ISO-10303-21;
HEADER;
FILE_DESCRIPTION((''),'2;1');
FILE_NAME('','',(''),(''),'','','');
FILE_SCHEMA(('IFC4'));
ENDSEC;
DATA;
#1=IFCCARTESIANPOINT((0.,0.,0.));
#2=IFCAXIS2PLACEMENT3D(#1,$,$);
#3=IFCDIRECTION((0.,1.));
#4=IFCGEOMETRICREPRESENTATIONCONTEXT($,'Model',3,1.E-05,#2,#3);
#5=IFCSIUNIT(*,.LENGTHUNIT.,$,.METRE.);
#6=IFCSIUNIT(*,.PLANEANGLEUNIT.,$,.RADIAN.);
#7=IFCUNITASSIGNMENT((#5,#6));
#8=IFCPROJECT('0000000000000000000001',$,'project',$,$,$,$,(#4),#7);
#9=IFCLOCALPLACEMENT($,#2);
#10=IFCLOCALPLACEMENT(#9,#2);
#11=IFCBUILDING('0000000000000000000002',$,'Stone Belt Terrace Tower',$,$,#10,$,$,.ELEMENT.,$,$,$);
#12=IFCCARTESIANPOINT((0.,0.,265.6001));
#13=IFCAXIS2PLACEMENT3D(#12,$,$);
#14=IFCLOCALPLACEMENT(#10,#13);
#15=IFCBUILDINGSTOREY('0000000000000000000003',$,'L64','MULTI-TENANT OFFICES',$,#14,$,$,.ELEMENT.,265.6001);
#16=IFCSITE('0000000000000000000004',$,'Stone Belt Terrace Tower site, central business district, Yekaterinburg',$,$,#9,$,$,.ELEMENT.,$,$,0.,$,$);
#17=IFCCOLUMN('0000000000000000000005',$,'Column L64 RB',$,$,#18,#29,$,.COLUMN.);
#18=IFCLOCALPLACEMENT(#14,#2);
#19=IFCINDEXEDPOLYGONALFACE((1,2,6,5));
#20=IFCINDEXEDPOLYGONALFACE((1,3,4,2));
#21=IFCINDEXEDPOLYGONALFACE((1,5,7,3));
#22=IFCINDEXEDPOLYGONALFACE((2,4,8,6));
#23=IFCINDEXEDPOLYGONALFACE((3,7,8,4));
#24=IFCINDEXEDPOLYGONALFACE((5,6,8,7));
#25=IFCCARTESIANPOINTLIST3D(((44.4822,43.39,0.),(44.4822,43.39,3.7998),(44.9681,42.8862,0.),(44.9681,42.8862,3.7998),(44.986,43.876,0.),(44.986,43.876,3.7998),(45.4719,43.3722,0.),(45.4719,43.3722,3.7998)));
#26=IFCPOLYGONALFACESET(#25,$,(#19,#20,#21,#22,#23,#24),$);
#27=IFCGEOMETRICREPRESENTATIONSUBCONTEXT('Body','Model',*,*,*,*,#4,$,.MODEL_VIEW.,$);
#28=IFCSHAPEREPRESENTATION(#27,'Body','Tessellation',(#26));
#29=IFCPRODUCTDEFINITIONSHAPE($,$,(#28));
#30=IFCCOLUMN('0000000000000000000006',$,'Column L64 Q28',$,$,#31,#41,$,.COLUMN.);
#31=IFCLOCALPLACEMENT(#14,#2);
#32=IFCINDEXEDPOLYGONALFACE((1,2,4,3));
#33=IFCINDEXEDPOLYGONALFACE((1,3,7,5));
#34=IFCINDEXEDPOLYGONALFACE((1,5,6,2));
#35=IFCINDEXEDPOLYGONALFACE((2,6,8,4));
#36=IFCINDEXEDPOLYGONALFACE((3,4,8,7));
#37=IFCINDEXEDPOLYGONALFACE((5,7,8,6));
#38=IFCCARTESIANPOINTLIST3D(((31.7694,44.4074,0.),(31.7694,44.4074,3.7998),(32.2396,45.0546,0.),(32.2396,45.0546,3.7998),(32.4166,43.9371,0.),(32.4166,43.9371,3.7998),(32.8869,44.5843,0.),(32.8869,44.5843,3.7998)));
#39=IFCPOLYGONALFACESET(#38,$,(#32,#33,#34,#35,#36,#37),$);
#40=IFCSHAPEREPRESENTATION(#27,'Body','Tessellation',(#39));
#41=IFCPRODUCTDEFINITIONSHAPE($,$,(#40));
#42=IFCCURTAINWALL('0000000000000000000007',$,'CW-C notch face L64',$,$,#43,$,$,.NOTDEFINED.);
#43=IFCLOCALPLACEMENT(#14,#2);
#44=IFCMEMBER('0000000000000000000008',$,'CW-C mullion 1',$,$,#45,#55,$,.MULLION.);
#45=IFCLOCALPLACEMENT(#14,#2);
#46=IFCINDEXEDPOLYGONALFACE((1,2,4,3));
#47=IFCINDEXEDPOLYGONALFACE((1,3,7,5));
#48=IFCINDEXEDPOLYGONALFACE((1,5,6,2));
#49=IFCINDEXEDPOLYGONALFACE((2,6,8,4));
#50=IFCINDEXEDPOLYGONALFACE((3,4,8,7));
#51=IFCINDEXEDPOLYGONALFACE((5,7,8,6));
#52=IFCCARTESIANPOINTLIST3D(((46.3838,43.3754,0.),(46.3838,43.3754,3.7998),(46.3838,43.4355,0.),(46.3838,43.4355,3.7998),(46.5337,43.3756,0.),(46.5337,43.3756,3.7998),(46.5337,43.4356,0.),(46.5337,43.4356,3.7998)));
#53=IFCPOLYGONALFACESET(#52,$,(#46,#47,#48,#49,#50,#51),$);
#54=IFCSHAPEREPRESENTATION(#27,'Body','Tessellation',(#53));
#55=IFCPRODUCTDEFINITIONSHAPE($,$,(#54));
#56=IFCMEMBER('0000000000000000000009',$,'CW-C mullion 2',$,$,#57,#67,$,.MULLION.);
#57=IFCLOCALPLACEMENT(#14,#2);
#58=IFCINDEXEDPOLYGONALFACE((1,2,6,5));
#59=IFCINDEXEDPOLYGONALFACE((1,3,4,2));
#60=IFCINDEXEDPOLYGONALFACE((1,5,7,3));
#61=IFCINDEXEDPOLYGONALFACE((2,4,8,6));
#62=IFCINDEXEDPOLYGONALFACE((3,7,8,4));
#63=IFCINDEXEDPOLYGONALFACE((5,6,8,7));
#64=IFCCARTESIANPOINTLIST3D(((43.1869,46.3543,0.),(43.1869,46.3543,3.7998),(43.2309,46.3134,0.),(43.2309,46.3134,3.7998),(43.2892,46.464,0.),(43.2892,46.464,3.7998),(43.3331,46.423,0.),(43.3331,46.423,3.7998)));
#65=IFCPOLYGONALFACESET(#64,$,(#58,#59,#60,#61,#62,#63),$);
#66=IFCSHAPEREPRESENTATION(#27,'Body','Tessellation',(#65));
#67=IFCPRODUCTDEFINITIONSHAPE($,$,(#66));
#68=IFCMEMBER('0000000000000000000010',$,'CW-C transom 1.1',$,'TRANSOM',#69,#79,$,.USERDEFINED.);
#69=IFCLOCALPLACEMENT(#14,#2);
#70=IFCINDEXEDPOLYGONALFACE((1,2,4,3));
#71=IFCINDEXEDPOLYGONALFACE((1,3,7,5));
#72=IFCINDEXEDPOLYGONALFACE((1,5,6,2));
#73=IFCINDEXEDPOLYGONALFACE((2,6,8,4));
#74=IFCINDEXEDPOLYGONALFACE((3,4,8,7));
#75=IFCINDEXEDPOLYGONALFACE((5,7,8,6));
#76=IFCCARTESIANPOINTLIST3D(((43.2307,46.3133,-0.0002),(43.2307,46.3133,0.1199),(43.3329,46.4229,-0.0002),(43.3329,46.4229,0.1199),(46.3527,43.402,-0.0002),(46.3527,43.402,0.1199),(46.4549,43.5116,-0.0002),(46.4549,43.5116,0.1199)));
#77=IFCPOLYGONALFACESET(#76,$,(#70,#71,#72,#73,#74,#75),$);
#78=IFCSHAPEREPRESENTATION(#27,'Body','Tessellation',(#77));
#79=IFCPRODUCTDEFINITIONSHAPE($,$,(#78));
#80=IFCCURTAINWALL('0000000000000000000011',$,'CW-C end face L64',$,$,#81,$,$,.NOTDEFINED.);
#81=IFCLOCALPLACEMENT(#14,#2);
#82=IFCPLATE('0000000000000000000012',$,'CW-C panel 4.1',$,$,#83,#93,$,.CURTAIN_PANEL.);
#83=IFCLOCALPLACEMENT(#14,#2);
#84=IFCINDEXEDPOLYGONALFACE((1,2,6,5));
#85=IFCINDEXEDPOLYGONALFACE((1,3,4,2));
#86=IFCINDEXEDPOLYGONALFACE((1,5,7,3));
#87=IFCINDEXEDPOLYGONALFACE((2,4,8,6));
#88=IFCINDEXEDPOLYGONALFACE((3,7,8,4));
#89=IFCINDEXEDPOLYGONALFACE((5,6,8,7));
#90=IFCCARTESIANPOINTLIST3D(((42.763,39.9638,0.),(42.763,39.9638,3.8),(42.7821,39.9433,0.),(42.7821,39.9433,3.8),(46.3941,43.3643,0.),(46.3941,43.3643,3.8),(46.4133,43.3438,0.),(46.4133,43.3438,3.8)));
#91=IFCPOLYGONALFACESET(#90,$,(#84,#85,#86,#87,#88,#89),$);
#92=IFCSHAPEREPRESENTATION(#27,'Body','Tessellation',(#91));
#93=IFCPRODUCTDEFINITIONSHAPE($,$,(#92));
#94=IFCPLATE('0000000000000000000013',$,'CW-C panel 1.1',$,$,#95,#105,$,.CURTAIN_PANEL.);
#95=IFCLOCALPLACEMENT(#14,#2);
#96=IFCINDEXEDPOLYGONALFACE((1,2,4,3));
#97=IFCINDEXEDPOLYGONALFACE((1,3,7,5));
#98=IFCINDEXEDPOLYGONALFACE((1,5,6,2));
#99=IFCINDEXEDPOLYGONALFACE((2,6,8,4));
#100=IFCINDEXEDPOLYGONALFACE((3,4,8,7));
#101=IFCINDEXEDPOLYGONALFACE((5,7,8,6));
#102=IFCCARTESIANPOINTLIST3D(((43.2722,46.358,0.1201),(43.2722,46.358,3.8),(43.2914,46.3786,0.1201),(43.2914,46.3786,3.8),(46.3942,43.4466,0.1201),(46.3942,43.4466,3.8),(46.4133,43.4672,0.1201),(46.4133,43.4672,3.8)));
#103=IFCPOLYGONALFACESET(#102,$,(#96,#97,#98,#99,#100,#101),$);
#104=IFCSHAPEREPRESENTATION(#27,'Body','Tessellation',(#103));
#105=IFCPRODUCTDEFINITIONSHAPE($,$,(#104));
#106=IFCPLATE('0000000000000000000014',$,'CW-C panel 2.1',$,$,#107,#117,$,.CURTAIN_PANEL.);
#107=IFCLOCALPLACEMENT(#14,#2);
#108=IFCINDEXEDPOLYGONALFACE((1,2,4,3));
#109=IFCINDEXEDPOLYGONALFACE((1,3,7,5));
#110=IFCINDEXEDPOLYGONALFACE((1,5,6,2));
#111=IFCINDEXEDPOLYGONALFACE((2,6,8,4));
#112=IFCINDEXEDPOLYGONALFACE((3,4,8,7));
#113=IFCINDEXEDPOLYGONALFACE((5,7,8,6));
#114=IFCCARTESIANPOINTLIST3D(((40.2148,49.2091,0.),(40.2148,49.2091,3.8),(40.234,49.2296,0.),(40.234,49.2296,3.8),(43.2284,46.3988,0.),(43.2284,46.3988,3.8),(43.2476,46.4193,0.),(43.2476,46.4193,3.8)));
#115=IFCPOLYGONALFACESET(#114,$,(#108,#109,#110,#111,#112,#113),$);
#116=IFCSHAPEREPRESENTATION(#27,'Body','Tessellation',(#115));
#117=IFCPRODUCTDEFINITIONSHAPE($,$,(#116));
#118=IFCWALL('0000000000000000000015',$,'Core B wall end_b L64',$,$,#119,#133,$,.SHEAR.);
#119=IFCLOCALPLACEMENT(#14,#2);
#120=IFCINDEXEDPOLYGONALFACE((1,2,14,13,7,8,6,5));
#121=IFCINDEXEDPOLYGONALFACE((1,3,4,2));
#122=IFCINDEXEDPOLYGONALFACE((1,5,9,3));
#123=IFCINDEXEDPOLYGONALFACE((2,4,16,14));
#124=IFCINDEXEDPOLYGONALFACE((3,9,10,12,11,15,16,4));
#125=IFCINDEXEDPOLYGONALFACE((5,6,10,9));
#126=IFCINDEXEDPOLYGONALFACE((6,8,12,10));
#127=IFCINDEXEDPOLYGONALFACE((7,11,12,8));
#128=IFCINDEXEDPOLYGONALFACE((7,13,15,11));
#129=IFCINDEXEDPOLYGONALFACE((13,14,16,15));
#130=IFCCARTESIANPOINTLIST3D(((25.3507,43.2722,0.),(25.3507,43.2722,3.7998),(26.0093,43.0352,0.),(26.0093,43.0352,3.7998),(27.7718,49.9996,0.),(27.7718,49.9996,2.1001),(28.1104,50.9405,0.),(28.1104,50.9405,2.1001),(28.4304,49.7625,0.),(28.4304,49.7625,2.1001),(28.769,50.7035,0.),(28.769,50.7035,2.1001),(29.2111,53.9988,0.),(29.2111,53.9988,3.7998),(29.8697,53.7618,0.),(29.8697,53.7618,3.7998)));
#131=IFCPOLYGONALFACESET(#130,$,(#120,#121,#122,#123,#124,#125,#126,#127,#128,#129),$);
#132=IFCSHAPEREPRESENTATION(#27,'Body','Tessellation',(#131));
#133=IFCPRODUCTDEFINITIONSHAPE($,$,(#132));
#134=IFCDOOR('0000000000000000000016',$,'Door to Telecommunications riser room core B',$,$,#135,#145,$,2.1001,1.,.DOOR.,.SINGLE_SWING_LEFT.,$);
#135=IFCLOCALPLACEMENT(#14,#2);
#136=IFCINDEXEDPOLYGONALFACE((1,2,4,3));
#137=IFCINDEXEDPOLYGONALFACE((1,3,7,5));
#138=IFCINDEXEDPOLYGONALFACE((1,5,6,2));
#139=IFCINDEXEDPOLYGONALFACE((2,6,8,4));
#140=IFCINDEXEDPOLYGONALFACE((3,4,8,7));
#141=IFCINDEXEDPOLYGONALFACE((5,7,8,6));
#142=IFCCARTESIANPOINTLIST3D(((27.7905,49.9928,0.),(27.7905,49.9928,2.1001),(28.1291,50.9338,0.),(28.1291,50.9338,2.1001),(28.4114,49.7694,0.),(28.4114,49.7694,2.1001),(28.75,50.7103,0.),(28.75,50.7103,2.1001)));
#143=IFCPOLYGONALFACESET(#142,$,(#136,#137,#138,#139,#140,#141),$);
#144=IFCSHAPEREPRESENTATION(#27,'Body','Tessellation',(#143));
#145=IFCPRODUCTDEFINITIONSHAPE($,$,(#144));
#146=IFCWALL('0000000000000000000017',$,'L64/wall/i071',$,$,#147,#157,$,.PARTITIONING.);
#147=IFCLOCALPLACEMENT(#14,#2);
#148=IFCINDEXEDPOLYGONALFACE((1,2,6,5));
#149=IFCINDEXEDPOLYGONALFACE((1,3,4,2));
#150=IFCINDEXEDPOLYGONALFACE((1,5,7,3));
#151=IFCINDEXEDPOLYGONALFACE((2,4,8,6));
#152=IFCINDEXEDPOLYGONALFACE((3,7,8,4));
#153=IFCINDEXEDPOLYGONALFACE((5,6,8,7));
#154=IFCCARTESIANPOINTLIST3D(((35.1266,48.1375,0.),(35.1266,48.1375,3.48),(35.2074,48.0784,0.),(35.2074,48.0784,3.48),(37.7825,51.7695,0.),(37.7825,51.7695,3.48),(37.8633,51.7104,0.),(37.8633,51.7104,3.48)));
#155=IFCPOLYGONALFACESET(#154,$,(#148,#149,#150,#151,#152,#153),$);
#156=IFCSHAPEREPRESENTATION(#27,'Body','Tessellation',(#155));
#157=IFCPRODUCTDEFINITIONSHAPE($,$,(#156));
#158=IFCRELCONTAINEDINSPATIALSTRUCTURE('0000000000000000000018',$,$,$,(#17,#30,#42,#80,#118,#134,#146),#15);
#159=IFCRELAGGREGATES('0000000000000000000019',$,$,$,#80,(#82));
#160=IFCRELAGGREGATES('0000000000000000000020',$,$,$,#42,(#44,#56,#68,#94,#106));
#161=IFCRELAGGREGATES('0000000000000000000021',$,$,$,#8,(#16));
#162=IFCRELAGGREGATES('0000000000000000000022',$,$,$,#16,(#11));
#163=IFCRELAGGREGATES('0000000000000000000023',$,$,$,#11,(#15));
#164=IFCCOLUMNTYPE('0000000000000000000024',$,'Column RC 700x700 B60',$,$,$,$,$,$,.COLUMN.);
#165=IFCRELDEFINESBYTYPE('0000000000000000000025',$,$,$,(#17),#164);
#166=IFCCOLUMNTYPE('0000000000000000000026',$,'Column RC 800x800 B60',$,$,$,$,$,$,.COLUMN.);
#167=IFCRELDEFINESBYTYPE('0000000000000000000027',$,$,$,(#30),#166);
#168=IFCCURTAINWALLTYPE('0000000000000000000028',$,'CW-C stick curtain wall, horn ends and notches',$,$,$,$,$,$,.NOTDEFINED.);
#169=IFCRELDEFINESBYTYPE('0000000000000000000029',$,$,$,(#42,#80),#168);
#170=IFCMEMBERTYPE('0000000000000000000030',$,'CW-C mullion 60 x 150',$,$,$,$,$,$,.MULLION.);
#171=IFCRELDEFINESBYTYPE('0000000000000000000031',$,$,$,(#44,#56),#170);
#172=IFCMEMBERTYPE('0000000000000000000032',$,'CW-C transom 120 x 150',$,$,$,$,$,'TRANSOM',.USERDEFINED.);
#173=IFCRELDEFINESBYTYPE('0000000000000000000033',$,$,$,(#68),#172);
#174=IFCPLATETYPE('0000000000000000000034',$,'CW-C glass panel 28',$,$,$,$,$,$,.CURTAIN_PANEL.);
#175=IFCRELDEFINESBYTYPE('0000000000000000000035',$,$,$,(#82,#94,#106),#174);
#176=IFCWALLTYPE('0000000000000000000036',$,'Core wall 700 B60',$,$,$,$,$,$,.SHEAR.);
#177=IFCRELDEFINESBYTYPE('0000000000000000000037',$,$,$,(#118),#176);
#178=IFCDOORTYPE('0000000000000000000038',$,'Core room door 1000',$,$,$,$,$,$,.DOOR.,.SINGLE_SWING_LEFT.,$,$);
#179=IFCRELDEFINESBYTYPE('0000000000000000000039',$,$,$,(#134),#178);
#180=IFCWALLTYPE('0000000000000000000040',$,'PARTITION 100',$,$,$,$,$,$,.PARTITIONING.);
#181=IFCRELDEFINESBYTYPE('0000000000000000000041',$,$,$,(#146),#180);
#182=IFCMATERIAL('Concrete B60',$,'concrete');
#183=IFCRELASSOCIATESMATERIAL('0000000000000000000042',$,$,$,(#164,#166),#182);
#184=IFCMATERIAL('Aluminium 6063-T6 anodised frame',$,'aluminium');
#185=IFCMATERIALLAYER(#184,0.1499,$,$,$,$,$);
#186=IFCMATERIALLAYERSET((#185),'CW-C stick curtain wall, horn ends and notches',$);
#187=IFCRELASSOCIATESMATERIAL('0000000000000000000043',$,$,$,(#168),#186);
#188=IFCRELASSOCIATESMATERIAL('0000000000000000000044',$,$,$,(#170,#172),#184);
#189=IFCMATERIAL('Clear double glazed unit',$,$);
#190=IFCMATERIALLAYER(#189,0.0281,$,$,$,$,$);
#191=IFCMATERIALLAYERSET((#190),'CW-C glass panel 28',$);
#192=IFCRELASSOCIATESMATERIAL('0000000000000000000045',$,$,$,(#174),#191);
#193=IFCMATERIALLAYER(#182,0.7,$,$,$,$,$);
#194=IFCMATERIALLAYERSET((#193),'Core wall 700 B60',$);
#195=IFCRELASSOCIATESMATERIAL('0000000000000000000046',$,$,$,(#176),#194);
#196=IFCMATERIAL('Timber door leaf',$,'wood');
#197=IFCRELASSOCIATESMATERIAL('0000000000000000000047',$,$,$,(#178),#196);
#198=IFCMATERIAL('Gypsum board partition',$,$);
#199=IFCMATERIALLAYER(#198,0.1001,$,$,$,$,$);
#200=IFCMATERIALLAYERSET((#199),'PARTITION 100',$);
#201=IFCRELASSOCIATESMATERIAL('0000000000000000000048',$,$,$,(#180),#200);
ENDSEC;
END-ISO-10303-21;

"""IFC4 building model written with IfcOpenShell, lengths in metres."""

from ifc_helpers import new_model, si_unit, direction, frame, frame_2d, origin, origin_2d, place, context, subcontext, project, spatial, rectangle, extrude, material, layer, layer_set, material_profile, profile_set, type_object, element, fill, aggregate, save


model = new_model("IFC4")

# Units and contexts
model_context = context("Model", 3, precision=1e-05, world=origin(), true_north=direction((0.0, 1.0)))
body_context = subcontext(model_context, "Body", "Model", "MODEL_VIEW")
ifc_project = project(units=[si_unit("LENGTHUNIT", "METRE"), si_unit("PLANEANGLEUNIT", "RADIAN")], contexts=[model_context])

# Site, building, storey
site_placement = place(None, origin())
site = spatial("IfcSite", under=ifc_project, at=site_placement, Name="Stone Belt Terrace Tower site, central business district, Yekaterinburg", CompositionType="ELEMENT", RefElevation=0.0)
building_placement = place(site_placement, origin())
building = spatial("IfcBuilding", under=site, at=building_placement, Name="Stone Belt Terrace Tower", CompositionType="ELEMENT")
storey_placement = place(building_placement, frame((0.0, 0.0, 265.6001)))
storey = spatial("IfcBuildingStorey", under=building, at=storey_placement, Name="L64", Description="MULTI-TENANT OFFICES", CompositionType="ELEMENT", Elevation=265.6001)

# Columns
ifc_material_1 = material(Name="Concrete B60", Category="concrete")
ifc_material_profile_1 = material_profile(ifc_material_1, rectangle(XDim=0.7, YDim=0.7, at=origin_2d()), Name="RC 700x700")
ifc_profile_set_1 = profile_set([ifc_material_profile_1], Name="Concrete B60")
column_type_1 = type_object("IfcColumnType", Name="Column RC 700x700 B60", PredefinedType="COLUMN", material=ifc_profile_set_1)
column_1_placement = place(storey_placement, frame((44.9771, 43.3811, 0.0), z_axis=(0.0, 0.0, 1.0), x_axis=(0.694221, -0.719762, 0.0)))
element("IfcColumn", 1, at=column_1_placement, inside=storey, type_object=column_type_1, Name="Column L64 RB", PredefinedType="COLUMN", context=body_context, shape_type="SweptSolid", body=[
    extrude(rectangle(XDim=0.7, YDim=0.7, at=origin_2d()), origin(), (0.0, 0.0, 1.0), 3.7998),
])
ifc_material_profile_2 = material_profile(ifc_material_1, rectangle(XDim=0.8, YDim=0.8, at=origin_2d()), Name="RC 800x800")
ifc_profile_set_2 = profile_set([ifc_material_profile_2], Name="Concrete B60")
column_type_2 = type_object("IfcColumnType", Name="Column RC 800x800 B60", PredefinedType="COLUMN", material=ifc_profile_set_2)
column_2_placement = place(storey_placement, frame((32.3281, 44.4958, 0.0), z_axis=(0.0, 0.0, 1.0), x_axis=(0.809017, -0.587785, 0.0)))
element("IfcColumn", 2, at=column_2_placement, inside=storey, type_object=column_type_2, Name="Column L64 Q28", PredefinedType="COLUMN", context=body_context, shape_type="SweptSolid", body=[
    extrude(rectangle(XDim=0.8, YDim=0.8, at=origin_2d()), origin(), (0.0, 0.0, 1.0), 3.7998),
])

# Curtain wall, members
ifc_material_2 = material(Name="Aluminium 6063-T6 anodised frame", Category="aluminium")
ifc_layer_1 = layer(ifc_material_2, 0.1499)
ifc_layer_set_1 = layer_set([ifc_layer_1], Name="CW-C stick curtain wall, horn ends and notches")
curtain_wall_type = type_object("IfcCurtainWallType", Name="CW-C stick curtain wall, horn ends and notches", PredefinedType="NOTDEFINED", material=ifc_layer_set_1)
curtain_wall_1_placement = place(storey_placement, origin())
curtain_wall_1 = element("IfcCurtainWall", 3, at=curtain_wall_1_placement, inside=storey, type_object=curtain_wall_type, Name="CW-C notch face L64", PredefinedType="NOTDEFINED")
ifc_material_profile_3 = material_profile(ifc_material_2, rectangle(XDim=0.1499, YDim=0.0601, at=origin_2d()), Name="Aluminium 6063-T6 60x150")
ifc_profile_set_3 = profile_set([ifc_material_profile_3], Name="Aluminium 6063-T6 anodised frame")
member_type_1 = type_object("IfcMemberType", Name="CW-C mullion 60 x 150", PredefinedType="MULLION", material=ifc_profile_set_3)
member_1_placement = place(storey_placement, frame((46.4587, 43.4055, 0.0), z_axis=(0.0, 0.0, 1.0), x_axis=(-0.999999, -0.001051, 0.0)))
member_1 = element("IfcMember", 4, at=member_1_placement, type_object=member_type_1, Name="CW-C mullion 1", PredefinedType="MULLION", context=body_context, shape_type="SweptSolid", body=[
    extrude(rectangle(XDim=0.1499, YDim=0.0601, at=origin_2d()), origin(), (0.0, 0.0, 1.0), 3.7998),
])
member_2_placement = place(storey_placement, frame((43.26, 46.3887, 0.0), z_axis=(0.0, 0.0, 1.0), x_axis=(-0.682014, -0.731339, 0.0)))
member_2 = element("IfcMember", 5, at=member_2_placement, type_object=member_type_1, Name="CW-C mullion 2", PredefinedType="MULLION", context=body_context, shape_type="SweptSolid", body=[
    extrude(rectangle(XDim=0.1499, YDim=0.0601, at=origin_2d()), origin(), (0.0, 0.0, 1.0), 3.7998),
])
ifc_material_profile_4 = material_profile(ifc_material_2, rectangle(XDim=0.1499, YDim=0.1201, at=origin_2d()), Name="Aluminium 6063-T6 150x120")
ifc_profile_set_4 = profile_set([ifc_material_profile_4], Name="Aluminium 6063-T6 anodised frame")
member_type_2 = type_object("IfcMemberType", Name="CW-C transom 120 x 150", ElementType="TRANSOM", PredefinedType="USERDEFINED", material=ifc_profile_set_4)
member_3_placement = place(storey_placement, frame((46.4038, 43.4568, 0.0598), z_axis=(-0.731354, 0.681998, 0.0), x_axis=(-0.681998, -0.731354, 0.0)))
member_3 = element("IfcMember", 6, at=member_3_placement, type_object=member_type_2, Name="CW-C transom 1.1", ObjectType="TRANSOM", PredefinedType="USERDEFINED", context=body_context, shape_type="SweptSolid", body=[
    extrude(rectangle(XDim=0.1499, YDim=0.1201, at=origin_2d()), origin(), (0.0, 0.0, 1.0), 4.2688),
])

# Curtain wall, plate
curtain_wall_2_placement = place(storey_placement, origin())
curtain_wall_2 = element("IfcCurtainWall", 7, at=curtain_wall_2_placement, inside=storey, type_object=curtain_wall_type, Name="CW-C end face L64", PredefinedType="NOTDEFINED")
ifc_material_3 = material(Name="Clear double glazed unit")
ifc_layer_2 = layer(ifc_material_3, 0.0281)
ifc_layer_set_2 = layer_set([ifc_layer_2], Name="CW-C glass panel 28")
plate_type = type_object("IfcPlateType", Name="CW-C glass panel 28", PredefinedType="CURTAIN_PANEL", material=ifc_layer_set_2)
plate_1_placement = place(storey_placement, frame((44.5881, 41.6538, 0.0), z_axis=(0.0, 0.0, 1.0), x_axis=(0.729904, 0.683549, 0.0)))
plate_1 = element("IfcPlate", 8, at=plate_1_placement, type_object=plate_type, Name="CW-C panel 4.1", PredefinedType="CURTAIN_PANEL", context=body_context, shape_type="SweptSolid", body=[
    extrude(rectangle(XDim=4.9749, YDim=0.0281, at=origin_2d()), origin(), (0.0, 0.0, 1.0), 3.8),
])
aggregate(curtain_wall_2, [plate_1])

# Plates
plate_2_placement = place(storey_placement, frame((44.8428, 44.9126, 0.1201), z_axis=(0.0, 0.0, 1.0), x_axis=(-0.731339, 0.682014, 0.0)))
plate_2 = element("IfcPlate", 9, at=plate_2_placement, type_object=plate_type, Name="CW-C panel 1.1", PredefinedType="CURTAIN_PANEL", context=body_context, shape_type="SweptSolid", body=[
    extrude(rectangle(XDim=4.2688, YDim=0.0281, at=origin_2d()), origin(), (0.0, 0.0, 1.0), 3.6799),
])
plate_3_placement = place(storey_placement, frame((41.7312, 47.8142, 0.0), z_axis=(0.0, 0.0, 1.0), x_axis=(-0.731339, 0.682014, 0.0)))
plate_3 = element("IfcPlate", 10, at=plate_3_placement, type_object=plate_type, Name="CW-C panel 2.1", PredefinedType="CURTAIN_PANEL", context=body_context, shape_type="SweptSolid", body=[
    extrude(rectangle(XDim=4.1206, YDim=0.0281, at=origin_2d()), origin(), (0.0, 0.0, 1.0), 3.8),
])
aggregate(curtain_wall_1, [member_1, member_2, member_3, plate_2, plate_3])

# Wall, opening, door
ifc_layer_3 = layer(ifc_material_1, 0.7)
ifc_layer_set_3 = layer_set([ifc_layer_3], Name="Core wall 700 B60")
wall_type_1 = type_object("IfcWallType", Name="Core wall 700 B60", PredefinedType="SHEAR", material=ifc_layer_set_3)
wall_1_placement = place(storey_placement, frame((25.6799, 43.1536, 0.0), z_axis=(0.0, 0.0, 1.0), x_axis=(0.338625, 0.940921, 0.0)))
wall_1 = element("IfcWall", 11, at=wall_1_placement, inside=storey, type_object=wall_type_1, Name="Core B wall end_b L64", PredefinedType="SHEAR", context=body_context, shape_type="SweptSolid", body=[
    extrude(rectangle(XDim=11.4001, YDim=0.7, at=frame_2d((5.7002, 0.0))), origin(), (0.0, 0.0, 1.0), 3.7998),
])
opening_1_placement = place(wall_1_placement, frame((7.1499, 0.0, 0.0)))
opening_1 = element("IfcOpeningElement", 12, at=opening_1_placement, cuts=wall_1, PredefinedType="OPENING", context=body_context, shape_type="SweptSolid", body=[
    extrude(rectangle(XDim=1.0, YDim=2.1001, at=frame_2d((0.5, 1.05))), frame((0.0, 0.3599, 0.0), z_axis=(0.0, -1.0, 0.0), x_axis=(1.0, 0.0, 0.0)), (0.0, 0.0, 1.0), 0.72),
])
ifc_material_4 = material(Name="Timber door leaf", Category="wood")
door_type_1 = type_object("IfcDoorType", Name="Core room door 1000", OperationType="SINGLE_SWING_LEFT", PredefinedType="DOOR", material=ifc_material_4)
door_1_placement = place(opening_1_placement, origin())
door_1 = element("IfcDoor", 13, at=door_1_placement, inside=storey, type_object=door_type_1, Name="Door to Telecommunications riser room core B", OperationType="SINGLE_SWING_LEFT", OverallHeight=2.1001, OverallWidth=1.0, PredefinedType="DOOR", context=body_context, shape_type="SweptSolid", body=[
    extrude(rectangle(XDim=1.0, YDim=2.1001, at=frame_2d((0.5, 1.05))), frame((0.0, 0.3301, 0.0), z_axis=(0.0, -1.0, 0.0), x_axis=(1.0, 0.0, 0.0)), (0.0, 0.0, 1.0), 0.6599),
])
fill(opening_1, door_1)

# Wall
ifc_material_5 = material(Name="Gypsum board partition")
ifc_layer_4 = layer(ifc_material_5, 0.1001)
ifc_layer_set_4 = layer_set([ifc_layer_4], Name="PARTITION 100")
wall_type_2 = type_object("IfcWallType", Name="PARTITION 100", PredefinedType="PARTITIONING", material=ifc_layer_set_4)
wall_2_placement = place(storey_placement, frame((35.167, 48.1079, 0.0), z_axis=(0.0, 0.0, 1.0), x_axis=(0.590276, 0.807201, 0.0)))
element("IfcWall", 14, at=wall_2_placement, inside=storey, type_object=wall_type_2, Name="L64/wall/i071", PredefinedType="PARTITIONING", context=body_context, shape_type="SweptSolid", body=[
    extrude(rectangle(XDim=4.4995, YDim=0.1001, at=frame_2d((2.2498, 0.0))), origin(), (0.0, 0.0, 1.0), 3.48),
])

save(model, "model.ifc")
